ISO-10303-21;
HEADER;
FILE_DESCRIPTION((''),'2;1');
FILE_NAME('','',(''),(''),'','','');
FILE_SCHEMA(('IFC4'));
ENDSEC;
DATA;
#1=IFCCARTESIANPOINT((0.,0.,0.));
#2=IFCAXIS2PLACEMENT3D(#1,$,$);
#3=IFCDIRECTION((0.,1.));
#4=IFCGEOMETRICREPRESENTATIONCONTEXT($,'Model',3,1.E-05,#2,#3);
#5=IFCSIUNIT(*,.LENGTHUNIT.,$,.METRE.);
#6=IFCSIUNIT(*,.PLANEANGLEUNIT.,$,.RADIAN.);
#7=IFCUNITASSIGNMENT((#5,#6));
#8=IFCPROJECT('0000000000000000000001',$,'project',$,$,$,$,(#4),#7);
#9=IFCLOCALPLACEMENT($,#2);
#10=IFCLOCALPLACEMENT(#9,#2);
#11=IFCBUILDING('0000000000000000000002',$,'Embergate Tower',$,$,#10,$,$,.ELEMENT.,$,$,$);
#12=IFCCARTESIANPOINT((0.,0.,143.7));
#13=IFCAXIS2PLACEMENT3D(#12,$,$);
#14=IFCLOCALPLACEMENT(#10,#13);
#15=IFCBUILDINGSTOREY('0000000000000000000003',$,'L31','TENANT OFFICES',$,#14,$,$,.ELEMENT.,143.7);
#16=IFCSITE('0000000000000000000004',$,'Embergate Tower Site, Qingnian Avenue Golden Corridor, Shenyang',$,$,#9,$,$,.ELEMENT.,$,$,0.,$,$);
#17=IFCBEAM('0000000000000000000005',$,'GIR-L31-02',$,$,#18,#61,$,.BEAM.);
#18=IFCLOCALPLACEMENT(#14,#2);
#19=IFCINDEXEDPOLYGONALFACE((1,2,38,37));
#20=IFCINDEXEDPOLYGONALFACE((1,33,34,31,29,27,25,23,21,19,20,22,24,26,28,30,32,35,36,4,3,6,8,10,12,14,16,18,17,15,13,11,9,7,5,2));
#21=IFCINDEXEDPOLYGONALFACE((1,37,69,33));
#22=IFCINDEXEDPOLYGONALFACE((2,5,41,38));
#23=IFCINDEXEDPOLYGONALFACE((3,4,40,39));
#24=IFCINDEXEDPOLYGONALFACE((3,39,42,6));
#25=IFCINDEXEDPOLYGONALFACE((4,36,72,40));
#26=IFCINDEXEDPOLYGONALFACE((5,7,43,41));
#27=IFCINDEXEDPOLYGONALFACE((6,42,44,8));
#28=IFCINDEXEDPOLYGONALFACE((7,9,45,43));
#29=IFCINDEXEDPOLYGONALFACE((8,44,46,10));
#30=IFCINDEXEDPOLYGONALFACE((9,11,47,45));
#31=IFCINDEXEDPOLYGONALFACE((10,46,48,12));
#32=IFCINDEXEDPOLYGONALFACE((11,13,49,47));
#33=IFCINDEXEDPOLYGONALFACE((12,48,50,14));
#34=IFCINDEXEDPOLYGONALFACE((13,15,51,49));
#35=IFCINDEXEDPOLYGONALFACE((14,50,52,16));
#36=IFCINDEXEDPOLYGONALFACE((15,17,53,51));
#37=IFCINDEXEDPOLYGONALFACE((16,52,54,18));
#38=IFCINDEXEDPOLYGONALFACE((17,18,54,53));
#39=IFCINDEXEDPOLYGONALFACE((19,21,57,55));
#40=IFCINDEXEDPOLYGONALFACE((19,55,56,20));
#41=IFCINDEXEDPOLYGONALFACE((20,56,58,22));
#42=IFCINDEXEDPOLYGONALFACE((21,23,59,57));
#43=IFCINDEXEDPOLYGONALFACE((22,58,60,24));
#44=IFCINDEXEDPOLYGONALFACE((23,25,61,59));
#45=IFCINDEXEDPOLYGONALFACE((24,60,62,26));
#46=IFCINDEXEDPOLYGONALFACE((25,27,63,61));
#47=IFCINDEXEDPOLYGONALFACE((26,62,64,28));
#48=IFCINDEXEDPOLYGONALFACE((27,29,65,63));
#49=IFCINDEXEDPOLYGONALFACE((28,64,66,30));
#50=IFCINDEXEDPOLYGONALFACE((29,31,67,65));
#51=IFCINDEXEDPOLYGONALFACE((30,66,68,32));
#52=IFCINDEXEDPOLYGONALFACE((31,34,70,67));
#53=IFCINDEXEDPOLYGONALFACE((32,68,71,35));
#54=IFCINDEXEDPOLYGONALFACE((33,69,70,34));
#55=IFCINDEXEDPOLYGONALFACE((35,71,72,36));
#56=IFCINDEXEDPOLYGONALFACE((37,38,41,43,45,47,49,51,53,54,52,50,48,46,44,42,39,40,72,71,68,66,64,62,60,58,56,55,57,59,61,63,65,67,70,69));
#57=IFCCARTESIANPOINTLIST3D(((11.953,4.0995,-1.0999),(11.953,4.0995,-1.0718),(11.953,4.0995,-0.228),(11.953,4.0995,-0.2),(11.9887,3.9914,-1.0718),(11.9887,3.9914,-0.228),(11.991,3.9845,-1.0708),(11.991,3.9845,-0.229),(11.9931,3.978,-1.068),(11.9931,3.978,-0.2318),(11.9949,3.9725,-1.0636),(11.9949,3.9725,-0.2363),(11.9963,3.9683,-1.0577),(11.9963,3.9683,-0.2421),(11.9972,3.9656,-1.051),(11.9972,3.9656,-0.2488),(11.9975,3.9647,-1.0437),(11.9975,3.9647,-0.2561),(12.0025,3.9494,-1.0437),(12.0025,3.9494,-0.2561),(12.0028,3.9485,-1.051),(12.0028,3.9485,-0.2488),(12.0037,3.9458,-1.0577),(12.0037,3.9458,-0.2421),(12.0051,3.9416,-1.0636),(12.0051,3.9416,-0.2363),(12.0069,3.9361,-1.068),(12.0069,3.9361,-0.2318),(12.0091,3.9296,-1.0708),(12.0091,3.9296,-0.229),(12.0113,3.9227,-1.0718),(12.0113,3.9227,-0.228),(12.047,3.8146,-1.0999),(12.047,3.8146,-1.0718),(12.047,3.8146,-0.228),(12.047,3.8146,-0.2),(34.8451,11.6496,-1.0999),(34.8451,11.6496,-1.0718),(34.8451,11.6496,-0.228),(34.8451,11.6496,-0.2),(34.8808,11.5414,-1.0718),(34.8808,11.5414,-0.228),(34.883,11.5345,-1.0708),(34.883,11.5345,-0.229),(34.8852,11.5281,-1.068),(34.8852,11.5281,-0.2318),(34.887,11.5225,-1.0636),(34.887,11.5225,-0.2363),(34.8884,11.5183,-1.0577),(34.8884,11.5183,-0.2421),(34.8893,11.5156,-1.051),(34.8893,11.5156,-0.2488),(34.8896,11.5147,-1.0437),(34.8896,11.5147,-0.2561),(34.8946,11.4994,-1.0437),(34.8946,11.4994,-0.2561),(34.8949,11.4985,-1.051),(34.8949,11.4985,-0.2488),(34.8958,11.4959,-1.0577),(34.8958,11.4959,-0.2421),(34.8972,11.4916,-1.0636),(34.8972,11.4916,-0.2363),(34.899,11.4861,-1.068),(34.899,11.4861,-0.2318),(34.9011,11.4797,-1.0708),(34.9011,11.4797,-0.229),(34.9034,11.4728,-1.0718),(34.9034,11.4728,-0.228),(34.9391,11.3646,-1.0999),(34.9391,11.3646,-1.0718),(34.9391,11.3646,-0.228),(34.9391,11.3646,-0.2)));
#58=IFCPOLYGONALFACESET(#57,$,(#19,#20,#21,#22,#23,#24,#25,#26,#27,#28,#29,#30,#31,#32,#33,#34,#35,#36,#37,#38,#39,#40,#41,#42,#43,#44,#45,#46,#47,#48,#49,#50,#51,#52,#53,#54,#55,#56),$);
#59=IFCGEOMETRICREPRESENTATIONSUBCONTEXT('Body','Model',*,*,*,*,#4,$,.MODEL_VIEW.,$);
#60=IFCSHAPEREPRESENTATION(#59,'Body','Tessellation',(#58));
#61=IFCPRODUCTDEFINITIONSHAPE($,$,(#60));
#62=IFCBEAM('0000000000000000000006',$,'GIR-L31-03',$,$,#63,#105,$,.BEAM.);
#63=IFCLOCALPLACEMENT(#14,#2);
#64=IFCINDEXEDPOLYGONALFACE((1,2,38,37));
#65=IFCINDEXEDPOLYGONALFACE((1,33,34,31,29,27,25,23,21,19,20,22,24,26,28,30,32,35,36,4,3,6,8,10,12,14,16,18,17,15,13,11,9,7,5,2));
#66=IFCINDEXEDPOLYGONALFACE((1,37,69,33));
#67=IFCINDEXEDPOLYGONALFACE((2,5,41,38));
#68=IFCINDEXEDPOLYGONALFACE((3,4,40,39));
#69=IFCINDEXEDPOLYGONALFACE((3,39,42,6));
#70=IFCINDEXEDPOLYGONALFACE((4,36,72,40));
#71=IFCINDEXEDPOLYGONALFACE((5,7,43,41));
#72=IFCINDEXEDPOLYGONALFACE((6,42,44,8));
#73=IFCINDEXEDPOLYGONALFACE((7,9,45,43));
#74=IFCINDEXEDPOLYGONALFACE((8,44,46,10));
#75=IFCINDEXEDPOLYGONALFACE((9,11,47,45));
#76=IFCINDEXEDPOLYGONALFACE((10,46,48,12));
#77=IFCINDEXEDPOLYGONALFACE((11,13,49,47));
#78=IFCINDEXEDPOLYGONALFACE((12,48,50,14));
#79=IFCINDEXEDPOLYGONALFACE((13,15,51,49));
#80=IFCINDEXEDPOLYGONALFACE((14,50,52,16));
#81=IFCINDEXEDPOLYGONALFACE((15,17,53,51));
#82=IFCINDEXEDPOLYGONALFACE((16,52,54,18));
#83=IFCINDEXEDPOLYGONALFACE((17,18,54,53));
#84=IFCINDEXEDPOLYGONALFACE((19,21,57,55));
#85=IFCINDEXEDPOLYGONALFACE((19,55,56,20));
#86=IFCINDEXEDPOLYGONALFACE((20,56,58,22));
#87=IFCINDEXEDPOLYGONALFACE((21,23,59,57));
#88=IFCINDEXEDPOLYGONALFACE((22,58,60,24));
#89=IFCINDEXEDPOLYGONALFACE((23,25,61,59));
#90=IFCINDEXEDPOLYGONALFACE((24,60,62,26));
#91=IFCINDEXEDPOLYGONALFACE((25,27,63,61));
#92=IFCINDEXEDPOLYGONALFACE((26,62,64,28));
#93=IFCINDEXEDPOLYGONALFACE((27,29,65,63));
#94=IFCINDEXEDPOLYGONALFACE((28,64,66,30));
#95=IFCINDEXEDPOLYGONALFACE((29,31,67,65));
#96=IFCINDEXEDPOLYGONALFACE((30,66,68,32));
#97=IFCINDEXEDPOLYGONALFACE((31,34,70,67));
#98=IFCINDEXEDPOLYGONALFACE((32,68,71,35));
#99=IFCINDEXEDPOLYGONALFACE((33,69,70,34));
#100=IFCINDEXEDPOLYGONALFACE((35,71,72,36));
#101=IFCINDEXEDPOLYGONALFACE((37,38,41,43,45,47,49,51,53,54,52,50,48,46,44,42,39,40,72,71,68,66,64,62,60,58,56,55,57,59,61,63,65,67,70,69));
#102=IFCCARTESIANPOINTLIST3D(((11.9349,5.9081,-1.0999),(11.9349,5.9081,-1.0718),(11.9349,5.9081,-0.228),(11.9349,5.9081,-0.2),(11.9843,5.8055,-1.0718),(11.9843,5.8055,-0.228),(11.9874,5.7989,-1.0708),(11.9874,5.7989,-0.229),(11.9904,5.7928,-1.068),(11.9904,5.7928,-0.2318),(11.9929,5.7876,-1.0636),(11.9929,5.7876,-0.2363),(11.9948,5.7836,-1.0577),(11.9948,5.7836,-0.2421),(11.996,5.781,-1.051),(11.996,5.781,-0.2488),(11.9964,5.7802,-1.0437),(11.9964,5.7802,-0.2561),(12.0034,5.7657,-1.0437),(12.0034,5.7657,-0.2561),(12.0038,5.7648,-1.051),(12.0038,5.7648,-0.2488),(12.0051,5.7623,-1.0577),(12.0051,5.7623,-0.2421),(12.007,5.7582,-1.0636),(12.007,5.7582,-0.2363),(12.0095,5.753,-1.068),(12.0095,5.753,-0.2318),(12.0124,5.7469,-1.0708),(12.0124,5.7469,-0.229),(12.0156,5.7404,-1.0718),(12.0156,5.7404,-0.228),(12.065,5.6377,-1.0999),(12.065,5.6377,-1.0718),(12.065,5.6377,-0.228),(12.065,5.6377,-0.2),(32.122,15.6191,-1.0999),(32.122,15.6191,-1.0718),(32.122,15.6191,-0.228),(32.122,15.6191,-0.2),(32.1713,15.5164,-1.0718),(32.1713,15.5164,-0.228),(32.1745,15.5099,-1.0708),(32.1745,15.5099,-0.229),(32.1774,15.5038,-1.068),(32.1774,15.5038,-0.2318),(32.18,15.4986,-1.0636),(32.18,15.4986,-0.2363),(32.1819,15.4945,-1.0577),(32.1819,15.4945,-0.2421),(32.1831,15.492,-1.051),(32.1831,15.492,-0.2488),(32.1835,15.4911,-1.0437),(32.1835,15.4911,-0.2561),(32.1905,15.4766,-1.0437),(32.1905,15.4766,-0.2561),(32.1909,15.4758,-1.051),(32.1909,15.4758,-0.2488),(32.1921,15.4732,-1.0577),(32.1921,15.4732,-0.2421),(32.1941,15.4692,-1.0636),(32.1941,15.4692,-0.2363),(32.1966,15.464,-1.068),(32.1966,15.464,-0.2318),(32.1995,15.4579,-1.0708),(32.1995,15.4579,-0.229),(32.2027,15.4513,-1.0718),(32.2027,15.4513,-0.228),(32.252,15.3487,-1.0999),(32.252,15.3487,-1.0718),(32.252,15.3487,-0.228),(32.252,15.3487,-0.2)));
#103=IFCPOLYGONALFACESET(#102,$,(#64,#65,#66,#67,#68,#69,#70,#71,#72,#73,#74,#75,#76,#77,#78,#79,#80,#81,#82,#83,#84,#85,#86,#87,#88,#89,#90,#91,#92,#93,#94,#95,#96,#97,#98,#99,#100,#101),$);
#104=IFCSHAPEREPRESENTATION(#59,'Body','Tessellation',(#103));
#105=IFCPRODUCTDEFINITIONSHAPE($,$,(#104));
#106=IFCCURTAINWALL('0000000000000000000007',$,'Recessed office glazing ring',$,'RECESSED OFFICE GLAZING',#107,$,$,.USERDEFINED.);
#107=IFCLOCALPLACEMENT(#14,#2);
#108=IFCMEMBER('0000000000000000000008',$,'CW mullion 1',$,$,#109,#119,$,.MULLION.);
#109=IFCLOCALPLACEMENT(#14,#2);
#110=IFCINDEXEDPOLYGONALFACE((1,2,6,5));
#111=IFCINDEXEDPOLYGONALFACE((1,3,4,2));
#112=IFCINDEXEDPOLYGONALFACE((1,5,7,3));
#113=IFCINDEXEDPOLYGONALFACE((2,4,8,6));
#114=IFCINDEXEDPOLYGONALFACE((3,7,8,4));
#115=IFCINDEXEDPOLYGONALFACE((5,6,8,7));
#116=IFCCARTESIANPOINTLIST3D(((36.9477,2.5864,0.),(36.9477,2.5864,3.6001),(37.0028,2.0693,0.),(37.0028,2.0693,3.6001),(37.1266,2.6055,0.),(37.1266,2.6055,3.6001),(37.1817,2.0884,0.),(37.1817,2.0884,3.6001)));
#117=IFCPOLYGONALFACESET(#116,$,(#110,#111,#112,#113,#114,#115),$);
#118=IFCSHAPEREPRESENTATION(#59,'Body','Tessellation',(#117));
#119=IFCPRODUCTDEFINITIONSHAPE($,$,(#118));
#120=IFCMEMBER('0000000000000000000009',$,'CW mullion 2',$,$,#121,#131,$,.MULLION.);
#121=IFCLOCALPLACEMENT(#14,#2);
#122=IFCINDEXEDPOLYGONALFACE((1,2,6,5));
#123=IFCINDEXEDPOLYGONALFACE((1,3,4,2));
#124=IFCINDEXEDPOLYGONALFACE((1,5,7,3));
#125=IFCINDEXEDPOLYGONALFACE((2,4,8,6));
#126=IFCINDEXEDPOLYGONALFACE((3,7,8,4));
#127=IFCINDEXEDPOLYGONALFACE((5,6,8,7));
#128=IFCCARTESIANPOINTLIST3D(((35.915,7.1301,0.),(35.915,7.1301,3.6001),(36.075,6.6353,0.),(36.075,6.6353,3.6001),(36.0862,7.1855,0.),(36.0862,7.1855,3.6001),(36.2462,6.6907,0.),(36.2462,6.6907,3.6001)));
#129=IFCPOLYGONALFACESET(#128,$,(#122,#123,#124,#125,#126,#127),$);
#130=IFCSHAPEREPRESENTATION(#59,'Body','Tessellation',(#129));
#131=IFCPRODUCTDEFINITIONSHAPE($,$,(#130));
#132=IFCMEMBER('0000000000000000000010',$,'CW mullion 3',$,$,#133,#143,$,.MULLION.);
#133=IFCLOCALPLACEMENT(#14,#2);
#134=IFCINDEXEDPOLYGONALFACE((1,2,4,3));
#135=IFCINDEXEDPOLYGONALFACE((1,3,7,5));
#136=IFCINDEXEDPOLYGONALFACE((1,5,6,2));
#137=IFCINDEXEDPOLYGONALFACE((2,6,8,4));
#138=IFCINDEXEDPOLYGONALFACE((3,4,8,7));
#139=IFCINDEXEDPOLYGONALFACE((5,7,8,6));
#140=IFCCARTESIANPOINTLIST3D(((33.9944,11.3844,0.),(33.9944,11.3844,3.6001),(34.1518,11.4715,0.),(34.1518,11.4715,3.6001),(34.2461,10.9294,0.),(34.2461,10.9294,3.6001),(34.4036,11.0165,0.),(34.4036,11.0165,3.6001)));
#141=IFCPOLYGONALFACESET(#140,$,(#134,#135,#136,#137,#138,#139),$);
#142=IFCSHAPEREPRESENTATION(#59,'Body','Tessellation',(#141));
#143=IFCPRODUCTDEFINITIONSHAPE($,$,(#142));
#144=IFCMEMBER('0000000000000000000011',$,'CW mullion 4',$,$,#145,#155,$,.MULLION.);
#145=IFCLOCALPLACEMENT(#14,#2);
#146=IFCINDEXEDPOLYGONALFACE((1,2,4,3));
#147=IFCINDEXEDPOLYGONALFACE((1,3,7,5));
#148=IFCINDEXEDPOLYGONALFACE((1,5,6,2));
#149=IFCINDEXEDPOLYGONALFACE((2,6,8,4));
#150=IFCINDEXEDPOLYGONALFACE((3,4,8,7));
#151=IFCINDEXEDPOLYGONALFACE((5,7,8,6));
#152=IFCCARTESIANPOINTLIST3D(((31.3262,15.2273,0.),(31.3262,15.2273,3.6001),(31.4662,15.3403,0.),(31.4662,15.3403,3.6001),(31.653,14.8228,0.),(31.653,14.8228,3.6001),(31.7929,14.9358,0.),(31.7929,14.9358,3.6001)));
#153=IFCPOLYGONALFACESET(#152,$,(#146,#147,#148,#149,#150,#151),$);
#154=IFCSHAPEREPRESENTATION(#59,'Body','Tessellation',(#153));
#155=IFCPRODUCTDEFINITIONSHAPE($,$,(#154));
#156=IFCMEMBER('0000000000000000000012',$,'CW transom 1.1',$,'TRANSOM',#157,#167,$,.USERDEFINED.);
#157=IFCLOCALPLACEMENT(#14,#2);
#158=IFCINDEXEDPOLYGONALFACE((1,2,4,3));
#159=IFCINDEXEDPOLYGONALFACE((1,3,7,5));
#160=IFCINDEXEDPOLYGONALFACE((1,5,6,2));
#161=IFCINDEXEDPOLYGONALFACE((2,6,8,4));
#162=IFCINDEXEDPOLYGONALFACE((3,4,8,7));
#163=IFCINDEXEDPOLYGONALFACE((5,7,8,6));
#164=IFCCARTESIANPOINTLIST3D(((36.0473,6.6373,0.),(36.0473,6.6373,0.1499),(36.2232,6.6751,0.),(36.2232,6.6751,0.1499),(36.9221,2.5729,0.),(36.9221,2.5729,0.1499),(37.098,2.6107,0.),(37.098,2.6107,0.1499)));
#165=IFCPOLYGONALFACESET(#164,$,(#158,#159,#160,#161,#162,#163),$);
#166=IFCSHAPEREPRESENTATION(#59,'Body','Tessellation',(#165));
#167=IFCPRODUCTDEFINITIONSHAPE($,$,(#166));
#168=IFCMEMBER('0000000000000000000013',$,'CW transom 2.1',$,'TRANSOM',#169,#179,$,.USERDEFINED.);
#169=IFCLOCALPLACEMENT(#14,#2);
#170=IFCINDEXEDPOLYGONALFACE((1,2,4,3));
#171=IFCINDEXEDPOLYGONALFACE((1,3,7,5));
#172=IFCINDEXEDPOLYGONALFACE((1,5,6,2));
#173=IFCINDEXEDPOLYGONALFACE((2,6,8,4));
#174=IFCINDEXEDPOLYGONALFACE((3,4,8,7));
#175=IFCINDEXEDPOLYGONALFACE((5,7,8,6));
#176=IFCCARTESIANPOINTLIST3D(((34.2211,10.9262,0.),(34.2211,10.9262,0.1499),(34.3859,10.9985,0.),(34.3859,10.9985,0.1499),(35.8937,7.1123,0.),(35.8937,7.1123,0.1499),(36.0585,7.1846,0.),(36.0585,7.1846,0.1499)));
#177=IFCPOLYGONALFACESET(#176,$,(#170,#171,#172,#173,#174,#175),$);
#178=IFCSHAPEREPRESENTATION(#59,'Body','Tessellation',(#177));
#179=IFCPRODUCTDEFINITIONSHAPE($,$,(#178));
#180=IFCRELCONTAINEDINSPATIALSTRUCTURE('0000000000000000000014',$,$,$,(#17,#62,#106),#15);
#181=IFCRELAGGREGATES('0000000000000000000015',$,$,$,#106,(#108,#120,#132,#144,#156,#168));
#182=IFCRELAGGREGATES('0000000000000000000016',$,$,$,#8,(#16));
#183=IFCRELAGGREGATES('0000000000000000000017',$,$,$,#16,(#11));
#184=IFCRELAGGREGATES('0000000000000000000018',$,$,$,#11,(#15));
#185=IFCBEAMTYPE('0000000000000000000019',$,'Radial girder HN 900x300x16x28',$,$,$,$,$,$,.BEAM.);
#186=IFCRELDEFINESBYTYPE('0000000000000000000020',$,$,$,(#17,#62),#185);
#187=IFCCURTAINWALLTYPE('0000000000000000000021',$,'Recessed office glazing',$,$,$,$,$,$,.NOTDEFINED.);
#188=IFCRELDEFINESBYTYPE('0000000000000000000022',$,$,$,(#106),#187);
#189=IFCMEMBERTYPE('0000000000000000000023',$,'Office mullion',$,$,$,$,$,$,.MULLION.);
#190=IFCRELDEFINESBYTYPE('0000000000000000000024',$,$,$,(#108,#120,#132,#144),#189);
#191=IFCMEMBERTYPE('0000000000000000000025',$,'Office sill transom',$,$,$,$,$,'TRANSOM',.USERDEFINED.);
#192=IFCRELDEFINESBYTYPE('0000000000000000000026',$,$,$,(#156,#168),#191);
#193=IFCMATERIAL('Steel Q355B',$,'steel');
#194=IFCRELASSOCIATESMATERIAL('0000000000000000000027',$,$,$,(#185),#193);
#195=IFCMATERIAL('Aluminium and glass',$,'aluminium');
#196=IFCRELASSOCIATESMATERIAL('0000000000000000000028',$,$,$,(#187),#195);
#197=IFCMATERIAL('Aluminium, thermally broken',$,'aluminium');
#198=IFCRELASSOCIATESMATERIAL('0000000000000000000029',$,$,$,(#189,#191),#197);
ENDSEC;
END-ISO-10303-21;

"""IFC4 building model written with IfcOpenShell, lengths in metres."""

from ifc_helpers import new_model, si_unit, direction, frame, origin, origin_2d, place, context, subcontext, project, spatial, rectangle, i_section, extrude, source, transform, mapped, material, material_profile, profile_set, type_object, element, aggregate, save


model = new_model("IFC4")

# Units and contexts
model_context = context("Model", 3, precision=1e-05, world=origin(), true_north=direction((0.0, 1.0)))
body_context = subcontext(model_context, "Body", "Model", "MODEL_VIEW")
ifc_project = project(units=[si_unit("LENGTHUNIT", "METRE"), si_unit("PLANEANGLEUNIT", "RADIAN")], contexts=[model_context])

# Site, building, storey
site_placement = place(None, origin())
site = spatial("IfcSite", under=ifc_project, at=site_placement, Name="Embergate Tower Site, Qingnian Avenue Golden Corridor, Shenyang", CompositionType="ELEMENT", RefElevation=0.0)
building_placement = place(site_placement, origin())
building = spatial("IfcBuilding", under=site, at=building_placement, Name="Embergate Tower", CompositionType="ELEMENT")
storey_placement = place(building_placement, frame((0.0, 0.0, 143.7)))
storey = spatial("IfcBuildingStorey", under=building, at=storey_placement, Name="L31", Description="TENANT OFFICES", CompositionType="ELEMENT", Elevation=143.7)

# Beams
ifc_material_1 = material(Name="Steel Q355B", Category="steel")
ifc_material_profile_1 = material_profile(ifc_material_1, i_section(OverallWidth=0.3, OverallDepth=0.8999, WebThickness=0.0161, FlangeThickness=0.0281, FilletRadius=0.0281, at=origin_2d()), Name="HN 900x300x16x28")
ifc_profile_set_1 = profile_set([ifc_material_profile_1], Name="Steel Q355 grade B")
beam_type_1 = type_object("IfcBeamType", Name="Radial girder HN 900x300x16x28", PredefinedType="BEAM", material=ifc_profile_set_1)
shared_shape_1 = source(origin(), body_context, "Body", "SweptSolid", [
    extrude(i_section(OverallWidth=0.3, OverallDepth=0.8999, WebThickness=0.0161, FlangeThickness=0.0281, FilletRadius=0.0281, at=origin_2d()), origin(), (0.0, 0.0, 1.0), 24.105),
])
beam_1_placement = place(storey_placement, frame((34.8921, 11.5071, -0.6499), z_axis=(-0.949682, -0.313215, 0.0), x_axis=(0.313215, -0.949682, 0.0)))
element("IfcBeam", 1, at=beam_1_placement, inside=storey, type_object=beam_type_1, Name="GIR-L31-02", PredefinedType="BEAM", context=body_context, shape_type="MappedRepresentation", body=[
    mapped(shared_shape_1, transform((0.0, 0.0, 0.0))),
])
shared_shape_2 = source(origin(), body_context, "Body", "SweptSolid", [
    extrude(i_section(OverallWidth=0.3, OverallDepth=0.8999, WebThickness=0.0161, FlangeThickness=0.0281, FilletRadius=0.0281, at=origin_2d()), origin(), (0.0, 0.0, 1.0), 22.4014),
])
beam_2_placement = place(storey_placement, frame((32.187, 15.4839, -0.6499), z_axis=(-0.901154, -0.433499, 0.0), x_axis=(0.433499, -0.901154, 0.0)))
element("IfcBeam", 2, at=beam_2_placement, inside=storey, type_object=beam_type_1, Name="GIR-L31-03", PredefinedType="BEAM", context=body_context, shape_type="MappedRepresentation", body=[
    mapped(shared_shape_2, transform((0.0, 0.0, 0.0))),
])

# Curtain wall, members
ifc_material_2 = material(Name="Aluminium and glass", Category="aluminium")
curtain_wall_type = type_object("IfcCurtainWallType", Name="Recessed office glazing", PredefinedType="NOTDEFINED", material=ifc_material_2)
curtain_wall_placement = place(storey_placement, origin())
curtain_wall = element("IfcCurtainWall", 3, at=curtain_wall_placement, inside=storey, type_object=curtain_wall_type, Name="Recessed office glazing ring", ObjectType="RECESSED OFFICE GLAZING", PredefinedType="USERDEFINED")
ifc_material_3 = material(Name="Aluminium, thermally broken", Category="aluminium")
ifc_material_profile_2 = material_profile(ifc_material_3, rectangle(XDim=0.1799, YDim=0.52, at=origin_2d()), Name="AL 520x180")
ifc_profile_set_2 = profile_set([ifc_material_profile_2], Name="Aluminium, thermally broken")
member_type_1 = type_object("IfcMemberType", Name="Office mullion", PredefinedType="MULLION", material=ifc_profile_set_2)
shared_shape_3 = source(origin(), body_context, "Body", "SweptSolid", [
    extrude(rectangle(XDim=0.1799, YDim=0.52, at=origin_2d()), origin(), (0.0, 0.0, 1.0), 3.6001),
])
member_1_placement = place(storey_placement, frame((37.0647, 2.3374, 0.0), z_axis=(0.0, 0.0, 1.0), x_axis=(-0.994385, -0.105825, 0.0)))
member_1 = element("IfcMember", 4, at=member_1_placement, type_object=member_type_1, Name="CW mullion 1", PredefinedType="MULLION", context=body_context, shape_type="MappedRepresentation", body=[
    mapped(shared_shape_3, transform((0.0, 0.0, 0.0))),
])
member_2_placement = place(storey_placement, frame((36.0806, 6.9104, 0.0), z_axis=(0.0, 0.0, 1.0), x_axis=(-0.951496, -0.307661, 0.0)))
member_2 = element("IfcMember", 5, at=member_2_placement, type_object=member_type_1, Name="CW mullion 2", PredefinedType="MULLION", context=body_context, shape_type="MappedRepresentation", body=[
    mapped(shared_shape_3, transform((0.0, 0.0, 0.0))),
])
member_3_placement = place(storey_placement, frame((34.199, 11.2004, 0.0), z_axis=(0.0, 0.0, 1.0), x_axis=(-0.874999, -0.484126, 0.0)))
member_3 = element("IfcMember", 6, at=member_3_placement, type_object=member_type_1, Name="CW mullion 3", PredefinedType="MULLION", context=body_context, shape_type="MappedRepresentation", body=[
    mapped(shared_shape_3, transform((0.0, 0.0, 0.0))),
])
member_4_placement = place(storey_placement, frame((31.5596, 15.0815, 0.0), z_axis=(0.0, 0.0, 1.0), x_axis=(-0.777867, -0.628429, 0.0)))
member_4 = element("IfcMember", 7, at=member_4_placement, type_object=member_type_1, Name="CW mullion 4", PredefinedType="MULLION", context=body_context, shape_type="MappedRepresentation", body=[
    mapped(shared_shape_3, transform((0.0, 0.0, 0.0))),
])
ifc_material_profile_3 = material_profile(ifc_material_3, rectangle(XDim=0.1799, YDim=0.1499, at=origin_2d()), Name="AL 150x180")
ifc_profile_set_3 = profile_set([ifc_material_profile_3], Name="Aluminium, thermally broken")
member_type_2 = type_object("IfcMemberType", Name="Office sill transom", ElementType="TRANSOM", PredefinedType="USERDEFINED", material=ifc_profile_set_3)
shared_shape_4 = source(origin(), body_context, "Body", "SweptSolid", [
    extrude(rectangle(XDim=0.1799, YDim=0.1499, at=origin_2d()), origin(), (0.0, 0.0, 1.0), 4.1575),
])
member_5_placement = place(storey_placement, frame((37.01, 2.5918, 0.075), z_axis=(-0.210403, 0.977615, 0.0), x_axis=(-0.977615, -0.210403, 0.0)))
member_5 = element("IfcMember", 8, at=member_5_placement, type_object=member_type_2, Name="CW transom 1.1", ObjectType="TRANSOM", PredefinedType="USERDEFINED", context=body_context, shape_type="MappedRepresentation", body=[
    mapped(shared_shape_4, transform((0.0, 0.0, 0.0))),
])
shared_shape_5 = source(origin(), body_context, "Body", "SweptSolid", [
    extrude(rectangle(XDim=0.1799, YDim=0.1499, at=origin_2d()), origin(), (0.0, 0.0, 1.0), 4.1646),
])
member_6_placement = place(storey_placement, frame((35.9761, 7.1484, 0.075), z_axis=(-0.401624, 0.915804, 0.0), x_axis=(-0.915804, -0.401624, 0.0)))
member_6 = element("IfcMember", 9, at=member_6_placement, type_object=member_type_2, Name="CW transom 2.1", ObjectType="TRANSOM", PredefinedType="USERDEFINED", context=body_context, shape_type="MappedRepresentation", body=[
    mapped(shared_shape_5, transform((0.0, 0.0, 0.0))),
])
aggregate(curtain_wall, [member_1, member_2, member_3, member_4, member_5, member_6])

save(model, "model.ifc")
